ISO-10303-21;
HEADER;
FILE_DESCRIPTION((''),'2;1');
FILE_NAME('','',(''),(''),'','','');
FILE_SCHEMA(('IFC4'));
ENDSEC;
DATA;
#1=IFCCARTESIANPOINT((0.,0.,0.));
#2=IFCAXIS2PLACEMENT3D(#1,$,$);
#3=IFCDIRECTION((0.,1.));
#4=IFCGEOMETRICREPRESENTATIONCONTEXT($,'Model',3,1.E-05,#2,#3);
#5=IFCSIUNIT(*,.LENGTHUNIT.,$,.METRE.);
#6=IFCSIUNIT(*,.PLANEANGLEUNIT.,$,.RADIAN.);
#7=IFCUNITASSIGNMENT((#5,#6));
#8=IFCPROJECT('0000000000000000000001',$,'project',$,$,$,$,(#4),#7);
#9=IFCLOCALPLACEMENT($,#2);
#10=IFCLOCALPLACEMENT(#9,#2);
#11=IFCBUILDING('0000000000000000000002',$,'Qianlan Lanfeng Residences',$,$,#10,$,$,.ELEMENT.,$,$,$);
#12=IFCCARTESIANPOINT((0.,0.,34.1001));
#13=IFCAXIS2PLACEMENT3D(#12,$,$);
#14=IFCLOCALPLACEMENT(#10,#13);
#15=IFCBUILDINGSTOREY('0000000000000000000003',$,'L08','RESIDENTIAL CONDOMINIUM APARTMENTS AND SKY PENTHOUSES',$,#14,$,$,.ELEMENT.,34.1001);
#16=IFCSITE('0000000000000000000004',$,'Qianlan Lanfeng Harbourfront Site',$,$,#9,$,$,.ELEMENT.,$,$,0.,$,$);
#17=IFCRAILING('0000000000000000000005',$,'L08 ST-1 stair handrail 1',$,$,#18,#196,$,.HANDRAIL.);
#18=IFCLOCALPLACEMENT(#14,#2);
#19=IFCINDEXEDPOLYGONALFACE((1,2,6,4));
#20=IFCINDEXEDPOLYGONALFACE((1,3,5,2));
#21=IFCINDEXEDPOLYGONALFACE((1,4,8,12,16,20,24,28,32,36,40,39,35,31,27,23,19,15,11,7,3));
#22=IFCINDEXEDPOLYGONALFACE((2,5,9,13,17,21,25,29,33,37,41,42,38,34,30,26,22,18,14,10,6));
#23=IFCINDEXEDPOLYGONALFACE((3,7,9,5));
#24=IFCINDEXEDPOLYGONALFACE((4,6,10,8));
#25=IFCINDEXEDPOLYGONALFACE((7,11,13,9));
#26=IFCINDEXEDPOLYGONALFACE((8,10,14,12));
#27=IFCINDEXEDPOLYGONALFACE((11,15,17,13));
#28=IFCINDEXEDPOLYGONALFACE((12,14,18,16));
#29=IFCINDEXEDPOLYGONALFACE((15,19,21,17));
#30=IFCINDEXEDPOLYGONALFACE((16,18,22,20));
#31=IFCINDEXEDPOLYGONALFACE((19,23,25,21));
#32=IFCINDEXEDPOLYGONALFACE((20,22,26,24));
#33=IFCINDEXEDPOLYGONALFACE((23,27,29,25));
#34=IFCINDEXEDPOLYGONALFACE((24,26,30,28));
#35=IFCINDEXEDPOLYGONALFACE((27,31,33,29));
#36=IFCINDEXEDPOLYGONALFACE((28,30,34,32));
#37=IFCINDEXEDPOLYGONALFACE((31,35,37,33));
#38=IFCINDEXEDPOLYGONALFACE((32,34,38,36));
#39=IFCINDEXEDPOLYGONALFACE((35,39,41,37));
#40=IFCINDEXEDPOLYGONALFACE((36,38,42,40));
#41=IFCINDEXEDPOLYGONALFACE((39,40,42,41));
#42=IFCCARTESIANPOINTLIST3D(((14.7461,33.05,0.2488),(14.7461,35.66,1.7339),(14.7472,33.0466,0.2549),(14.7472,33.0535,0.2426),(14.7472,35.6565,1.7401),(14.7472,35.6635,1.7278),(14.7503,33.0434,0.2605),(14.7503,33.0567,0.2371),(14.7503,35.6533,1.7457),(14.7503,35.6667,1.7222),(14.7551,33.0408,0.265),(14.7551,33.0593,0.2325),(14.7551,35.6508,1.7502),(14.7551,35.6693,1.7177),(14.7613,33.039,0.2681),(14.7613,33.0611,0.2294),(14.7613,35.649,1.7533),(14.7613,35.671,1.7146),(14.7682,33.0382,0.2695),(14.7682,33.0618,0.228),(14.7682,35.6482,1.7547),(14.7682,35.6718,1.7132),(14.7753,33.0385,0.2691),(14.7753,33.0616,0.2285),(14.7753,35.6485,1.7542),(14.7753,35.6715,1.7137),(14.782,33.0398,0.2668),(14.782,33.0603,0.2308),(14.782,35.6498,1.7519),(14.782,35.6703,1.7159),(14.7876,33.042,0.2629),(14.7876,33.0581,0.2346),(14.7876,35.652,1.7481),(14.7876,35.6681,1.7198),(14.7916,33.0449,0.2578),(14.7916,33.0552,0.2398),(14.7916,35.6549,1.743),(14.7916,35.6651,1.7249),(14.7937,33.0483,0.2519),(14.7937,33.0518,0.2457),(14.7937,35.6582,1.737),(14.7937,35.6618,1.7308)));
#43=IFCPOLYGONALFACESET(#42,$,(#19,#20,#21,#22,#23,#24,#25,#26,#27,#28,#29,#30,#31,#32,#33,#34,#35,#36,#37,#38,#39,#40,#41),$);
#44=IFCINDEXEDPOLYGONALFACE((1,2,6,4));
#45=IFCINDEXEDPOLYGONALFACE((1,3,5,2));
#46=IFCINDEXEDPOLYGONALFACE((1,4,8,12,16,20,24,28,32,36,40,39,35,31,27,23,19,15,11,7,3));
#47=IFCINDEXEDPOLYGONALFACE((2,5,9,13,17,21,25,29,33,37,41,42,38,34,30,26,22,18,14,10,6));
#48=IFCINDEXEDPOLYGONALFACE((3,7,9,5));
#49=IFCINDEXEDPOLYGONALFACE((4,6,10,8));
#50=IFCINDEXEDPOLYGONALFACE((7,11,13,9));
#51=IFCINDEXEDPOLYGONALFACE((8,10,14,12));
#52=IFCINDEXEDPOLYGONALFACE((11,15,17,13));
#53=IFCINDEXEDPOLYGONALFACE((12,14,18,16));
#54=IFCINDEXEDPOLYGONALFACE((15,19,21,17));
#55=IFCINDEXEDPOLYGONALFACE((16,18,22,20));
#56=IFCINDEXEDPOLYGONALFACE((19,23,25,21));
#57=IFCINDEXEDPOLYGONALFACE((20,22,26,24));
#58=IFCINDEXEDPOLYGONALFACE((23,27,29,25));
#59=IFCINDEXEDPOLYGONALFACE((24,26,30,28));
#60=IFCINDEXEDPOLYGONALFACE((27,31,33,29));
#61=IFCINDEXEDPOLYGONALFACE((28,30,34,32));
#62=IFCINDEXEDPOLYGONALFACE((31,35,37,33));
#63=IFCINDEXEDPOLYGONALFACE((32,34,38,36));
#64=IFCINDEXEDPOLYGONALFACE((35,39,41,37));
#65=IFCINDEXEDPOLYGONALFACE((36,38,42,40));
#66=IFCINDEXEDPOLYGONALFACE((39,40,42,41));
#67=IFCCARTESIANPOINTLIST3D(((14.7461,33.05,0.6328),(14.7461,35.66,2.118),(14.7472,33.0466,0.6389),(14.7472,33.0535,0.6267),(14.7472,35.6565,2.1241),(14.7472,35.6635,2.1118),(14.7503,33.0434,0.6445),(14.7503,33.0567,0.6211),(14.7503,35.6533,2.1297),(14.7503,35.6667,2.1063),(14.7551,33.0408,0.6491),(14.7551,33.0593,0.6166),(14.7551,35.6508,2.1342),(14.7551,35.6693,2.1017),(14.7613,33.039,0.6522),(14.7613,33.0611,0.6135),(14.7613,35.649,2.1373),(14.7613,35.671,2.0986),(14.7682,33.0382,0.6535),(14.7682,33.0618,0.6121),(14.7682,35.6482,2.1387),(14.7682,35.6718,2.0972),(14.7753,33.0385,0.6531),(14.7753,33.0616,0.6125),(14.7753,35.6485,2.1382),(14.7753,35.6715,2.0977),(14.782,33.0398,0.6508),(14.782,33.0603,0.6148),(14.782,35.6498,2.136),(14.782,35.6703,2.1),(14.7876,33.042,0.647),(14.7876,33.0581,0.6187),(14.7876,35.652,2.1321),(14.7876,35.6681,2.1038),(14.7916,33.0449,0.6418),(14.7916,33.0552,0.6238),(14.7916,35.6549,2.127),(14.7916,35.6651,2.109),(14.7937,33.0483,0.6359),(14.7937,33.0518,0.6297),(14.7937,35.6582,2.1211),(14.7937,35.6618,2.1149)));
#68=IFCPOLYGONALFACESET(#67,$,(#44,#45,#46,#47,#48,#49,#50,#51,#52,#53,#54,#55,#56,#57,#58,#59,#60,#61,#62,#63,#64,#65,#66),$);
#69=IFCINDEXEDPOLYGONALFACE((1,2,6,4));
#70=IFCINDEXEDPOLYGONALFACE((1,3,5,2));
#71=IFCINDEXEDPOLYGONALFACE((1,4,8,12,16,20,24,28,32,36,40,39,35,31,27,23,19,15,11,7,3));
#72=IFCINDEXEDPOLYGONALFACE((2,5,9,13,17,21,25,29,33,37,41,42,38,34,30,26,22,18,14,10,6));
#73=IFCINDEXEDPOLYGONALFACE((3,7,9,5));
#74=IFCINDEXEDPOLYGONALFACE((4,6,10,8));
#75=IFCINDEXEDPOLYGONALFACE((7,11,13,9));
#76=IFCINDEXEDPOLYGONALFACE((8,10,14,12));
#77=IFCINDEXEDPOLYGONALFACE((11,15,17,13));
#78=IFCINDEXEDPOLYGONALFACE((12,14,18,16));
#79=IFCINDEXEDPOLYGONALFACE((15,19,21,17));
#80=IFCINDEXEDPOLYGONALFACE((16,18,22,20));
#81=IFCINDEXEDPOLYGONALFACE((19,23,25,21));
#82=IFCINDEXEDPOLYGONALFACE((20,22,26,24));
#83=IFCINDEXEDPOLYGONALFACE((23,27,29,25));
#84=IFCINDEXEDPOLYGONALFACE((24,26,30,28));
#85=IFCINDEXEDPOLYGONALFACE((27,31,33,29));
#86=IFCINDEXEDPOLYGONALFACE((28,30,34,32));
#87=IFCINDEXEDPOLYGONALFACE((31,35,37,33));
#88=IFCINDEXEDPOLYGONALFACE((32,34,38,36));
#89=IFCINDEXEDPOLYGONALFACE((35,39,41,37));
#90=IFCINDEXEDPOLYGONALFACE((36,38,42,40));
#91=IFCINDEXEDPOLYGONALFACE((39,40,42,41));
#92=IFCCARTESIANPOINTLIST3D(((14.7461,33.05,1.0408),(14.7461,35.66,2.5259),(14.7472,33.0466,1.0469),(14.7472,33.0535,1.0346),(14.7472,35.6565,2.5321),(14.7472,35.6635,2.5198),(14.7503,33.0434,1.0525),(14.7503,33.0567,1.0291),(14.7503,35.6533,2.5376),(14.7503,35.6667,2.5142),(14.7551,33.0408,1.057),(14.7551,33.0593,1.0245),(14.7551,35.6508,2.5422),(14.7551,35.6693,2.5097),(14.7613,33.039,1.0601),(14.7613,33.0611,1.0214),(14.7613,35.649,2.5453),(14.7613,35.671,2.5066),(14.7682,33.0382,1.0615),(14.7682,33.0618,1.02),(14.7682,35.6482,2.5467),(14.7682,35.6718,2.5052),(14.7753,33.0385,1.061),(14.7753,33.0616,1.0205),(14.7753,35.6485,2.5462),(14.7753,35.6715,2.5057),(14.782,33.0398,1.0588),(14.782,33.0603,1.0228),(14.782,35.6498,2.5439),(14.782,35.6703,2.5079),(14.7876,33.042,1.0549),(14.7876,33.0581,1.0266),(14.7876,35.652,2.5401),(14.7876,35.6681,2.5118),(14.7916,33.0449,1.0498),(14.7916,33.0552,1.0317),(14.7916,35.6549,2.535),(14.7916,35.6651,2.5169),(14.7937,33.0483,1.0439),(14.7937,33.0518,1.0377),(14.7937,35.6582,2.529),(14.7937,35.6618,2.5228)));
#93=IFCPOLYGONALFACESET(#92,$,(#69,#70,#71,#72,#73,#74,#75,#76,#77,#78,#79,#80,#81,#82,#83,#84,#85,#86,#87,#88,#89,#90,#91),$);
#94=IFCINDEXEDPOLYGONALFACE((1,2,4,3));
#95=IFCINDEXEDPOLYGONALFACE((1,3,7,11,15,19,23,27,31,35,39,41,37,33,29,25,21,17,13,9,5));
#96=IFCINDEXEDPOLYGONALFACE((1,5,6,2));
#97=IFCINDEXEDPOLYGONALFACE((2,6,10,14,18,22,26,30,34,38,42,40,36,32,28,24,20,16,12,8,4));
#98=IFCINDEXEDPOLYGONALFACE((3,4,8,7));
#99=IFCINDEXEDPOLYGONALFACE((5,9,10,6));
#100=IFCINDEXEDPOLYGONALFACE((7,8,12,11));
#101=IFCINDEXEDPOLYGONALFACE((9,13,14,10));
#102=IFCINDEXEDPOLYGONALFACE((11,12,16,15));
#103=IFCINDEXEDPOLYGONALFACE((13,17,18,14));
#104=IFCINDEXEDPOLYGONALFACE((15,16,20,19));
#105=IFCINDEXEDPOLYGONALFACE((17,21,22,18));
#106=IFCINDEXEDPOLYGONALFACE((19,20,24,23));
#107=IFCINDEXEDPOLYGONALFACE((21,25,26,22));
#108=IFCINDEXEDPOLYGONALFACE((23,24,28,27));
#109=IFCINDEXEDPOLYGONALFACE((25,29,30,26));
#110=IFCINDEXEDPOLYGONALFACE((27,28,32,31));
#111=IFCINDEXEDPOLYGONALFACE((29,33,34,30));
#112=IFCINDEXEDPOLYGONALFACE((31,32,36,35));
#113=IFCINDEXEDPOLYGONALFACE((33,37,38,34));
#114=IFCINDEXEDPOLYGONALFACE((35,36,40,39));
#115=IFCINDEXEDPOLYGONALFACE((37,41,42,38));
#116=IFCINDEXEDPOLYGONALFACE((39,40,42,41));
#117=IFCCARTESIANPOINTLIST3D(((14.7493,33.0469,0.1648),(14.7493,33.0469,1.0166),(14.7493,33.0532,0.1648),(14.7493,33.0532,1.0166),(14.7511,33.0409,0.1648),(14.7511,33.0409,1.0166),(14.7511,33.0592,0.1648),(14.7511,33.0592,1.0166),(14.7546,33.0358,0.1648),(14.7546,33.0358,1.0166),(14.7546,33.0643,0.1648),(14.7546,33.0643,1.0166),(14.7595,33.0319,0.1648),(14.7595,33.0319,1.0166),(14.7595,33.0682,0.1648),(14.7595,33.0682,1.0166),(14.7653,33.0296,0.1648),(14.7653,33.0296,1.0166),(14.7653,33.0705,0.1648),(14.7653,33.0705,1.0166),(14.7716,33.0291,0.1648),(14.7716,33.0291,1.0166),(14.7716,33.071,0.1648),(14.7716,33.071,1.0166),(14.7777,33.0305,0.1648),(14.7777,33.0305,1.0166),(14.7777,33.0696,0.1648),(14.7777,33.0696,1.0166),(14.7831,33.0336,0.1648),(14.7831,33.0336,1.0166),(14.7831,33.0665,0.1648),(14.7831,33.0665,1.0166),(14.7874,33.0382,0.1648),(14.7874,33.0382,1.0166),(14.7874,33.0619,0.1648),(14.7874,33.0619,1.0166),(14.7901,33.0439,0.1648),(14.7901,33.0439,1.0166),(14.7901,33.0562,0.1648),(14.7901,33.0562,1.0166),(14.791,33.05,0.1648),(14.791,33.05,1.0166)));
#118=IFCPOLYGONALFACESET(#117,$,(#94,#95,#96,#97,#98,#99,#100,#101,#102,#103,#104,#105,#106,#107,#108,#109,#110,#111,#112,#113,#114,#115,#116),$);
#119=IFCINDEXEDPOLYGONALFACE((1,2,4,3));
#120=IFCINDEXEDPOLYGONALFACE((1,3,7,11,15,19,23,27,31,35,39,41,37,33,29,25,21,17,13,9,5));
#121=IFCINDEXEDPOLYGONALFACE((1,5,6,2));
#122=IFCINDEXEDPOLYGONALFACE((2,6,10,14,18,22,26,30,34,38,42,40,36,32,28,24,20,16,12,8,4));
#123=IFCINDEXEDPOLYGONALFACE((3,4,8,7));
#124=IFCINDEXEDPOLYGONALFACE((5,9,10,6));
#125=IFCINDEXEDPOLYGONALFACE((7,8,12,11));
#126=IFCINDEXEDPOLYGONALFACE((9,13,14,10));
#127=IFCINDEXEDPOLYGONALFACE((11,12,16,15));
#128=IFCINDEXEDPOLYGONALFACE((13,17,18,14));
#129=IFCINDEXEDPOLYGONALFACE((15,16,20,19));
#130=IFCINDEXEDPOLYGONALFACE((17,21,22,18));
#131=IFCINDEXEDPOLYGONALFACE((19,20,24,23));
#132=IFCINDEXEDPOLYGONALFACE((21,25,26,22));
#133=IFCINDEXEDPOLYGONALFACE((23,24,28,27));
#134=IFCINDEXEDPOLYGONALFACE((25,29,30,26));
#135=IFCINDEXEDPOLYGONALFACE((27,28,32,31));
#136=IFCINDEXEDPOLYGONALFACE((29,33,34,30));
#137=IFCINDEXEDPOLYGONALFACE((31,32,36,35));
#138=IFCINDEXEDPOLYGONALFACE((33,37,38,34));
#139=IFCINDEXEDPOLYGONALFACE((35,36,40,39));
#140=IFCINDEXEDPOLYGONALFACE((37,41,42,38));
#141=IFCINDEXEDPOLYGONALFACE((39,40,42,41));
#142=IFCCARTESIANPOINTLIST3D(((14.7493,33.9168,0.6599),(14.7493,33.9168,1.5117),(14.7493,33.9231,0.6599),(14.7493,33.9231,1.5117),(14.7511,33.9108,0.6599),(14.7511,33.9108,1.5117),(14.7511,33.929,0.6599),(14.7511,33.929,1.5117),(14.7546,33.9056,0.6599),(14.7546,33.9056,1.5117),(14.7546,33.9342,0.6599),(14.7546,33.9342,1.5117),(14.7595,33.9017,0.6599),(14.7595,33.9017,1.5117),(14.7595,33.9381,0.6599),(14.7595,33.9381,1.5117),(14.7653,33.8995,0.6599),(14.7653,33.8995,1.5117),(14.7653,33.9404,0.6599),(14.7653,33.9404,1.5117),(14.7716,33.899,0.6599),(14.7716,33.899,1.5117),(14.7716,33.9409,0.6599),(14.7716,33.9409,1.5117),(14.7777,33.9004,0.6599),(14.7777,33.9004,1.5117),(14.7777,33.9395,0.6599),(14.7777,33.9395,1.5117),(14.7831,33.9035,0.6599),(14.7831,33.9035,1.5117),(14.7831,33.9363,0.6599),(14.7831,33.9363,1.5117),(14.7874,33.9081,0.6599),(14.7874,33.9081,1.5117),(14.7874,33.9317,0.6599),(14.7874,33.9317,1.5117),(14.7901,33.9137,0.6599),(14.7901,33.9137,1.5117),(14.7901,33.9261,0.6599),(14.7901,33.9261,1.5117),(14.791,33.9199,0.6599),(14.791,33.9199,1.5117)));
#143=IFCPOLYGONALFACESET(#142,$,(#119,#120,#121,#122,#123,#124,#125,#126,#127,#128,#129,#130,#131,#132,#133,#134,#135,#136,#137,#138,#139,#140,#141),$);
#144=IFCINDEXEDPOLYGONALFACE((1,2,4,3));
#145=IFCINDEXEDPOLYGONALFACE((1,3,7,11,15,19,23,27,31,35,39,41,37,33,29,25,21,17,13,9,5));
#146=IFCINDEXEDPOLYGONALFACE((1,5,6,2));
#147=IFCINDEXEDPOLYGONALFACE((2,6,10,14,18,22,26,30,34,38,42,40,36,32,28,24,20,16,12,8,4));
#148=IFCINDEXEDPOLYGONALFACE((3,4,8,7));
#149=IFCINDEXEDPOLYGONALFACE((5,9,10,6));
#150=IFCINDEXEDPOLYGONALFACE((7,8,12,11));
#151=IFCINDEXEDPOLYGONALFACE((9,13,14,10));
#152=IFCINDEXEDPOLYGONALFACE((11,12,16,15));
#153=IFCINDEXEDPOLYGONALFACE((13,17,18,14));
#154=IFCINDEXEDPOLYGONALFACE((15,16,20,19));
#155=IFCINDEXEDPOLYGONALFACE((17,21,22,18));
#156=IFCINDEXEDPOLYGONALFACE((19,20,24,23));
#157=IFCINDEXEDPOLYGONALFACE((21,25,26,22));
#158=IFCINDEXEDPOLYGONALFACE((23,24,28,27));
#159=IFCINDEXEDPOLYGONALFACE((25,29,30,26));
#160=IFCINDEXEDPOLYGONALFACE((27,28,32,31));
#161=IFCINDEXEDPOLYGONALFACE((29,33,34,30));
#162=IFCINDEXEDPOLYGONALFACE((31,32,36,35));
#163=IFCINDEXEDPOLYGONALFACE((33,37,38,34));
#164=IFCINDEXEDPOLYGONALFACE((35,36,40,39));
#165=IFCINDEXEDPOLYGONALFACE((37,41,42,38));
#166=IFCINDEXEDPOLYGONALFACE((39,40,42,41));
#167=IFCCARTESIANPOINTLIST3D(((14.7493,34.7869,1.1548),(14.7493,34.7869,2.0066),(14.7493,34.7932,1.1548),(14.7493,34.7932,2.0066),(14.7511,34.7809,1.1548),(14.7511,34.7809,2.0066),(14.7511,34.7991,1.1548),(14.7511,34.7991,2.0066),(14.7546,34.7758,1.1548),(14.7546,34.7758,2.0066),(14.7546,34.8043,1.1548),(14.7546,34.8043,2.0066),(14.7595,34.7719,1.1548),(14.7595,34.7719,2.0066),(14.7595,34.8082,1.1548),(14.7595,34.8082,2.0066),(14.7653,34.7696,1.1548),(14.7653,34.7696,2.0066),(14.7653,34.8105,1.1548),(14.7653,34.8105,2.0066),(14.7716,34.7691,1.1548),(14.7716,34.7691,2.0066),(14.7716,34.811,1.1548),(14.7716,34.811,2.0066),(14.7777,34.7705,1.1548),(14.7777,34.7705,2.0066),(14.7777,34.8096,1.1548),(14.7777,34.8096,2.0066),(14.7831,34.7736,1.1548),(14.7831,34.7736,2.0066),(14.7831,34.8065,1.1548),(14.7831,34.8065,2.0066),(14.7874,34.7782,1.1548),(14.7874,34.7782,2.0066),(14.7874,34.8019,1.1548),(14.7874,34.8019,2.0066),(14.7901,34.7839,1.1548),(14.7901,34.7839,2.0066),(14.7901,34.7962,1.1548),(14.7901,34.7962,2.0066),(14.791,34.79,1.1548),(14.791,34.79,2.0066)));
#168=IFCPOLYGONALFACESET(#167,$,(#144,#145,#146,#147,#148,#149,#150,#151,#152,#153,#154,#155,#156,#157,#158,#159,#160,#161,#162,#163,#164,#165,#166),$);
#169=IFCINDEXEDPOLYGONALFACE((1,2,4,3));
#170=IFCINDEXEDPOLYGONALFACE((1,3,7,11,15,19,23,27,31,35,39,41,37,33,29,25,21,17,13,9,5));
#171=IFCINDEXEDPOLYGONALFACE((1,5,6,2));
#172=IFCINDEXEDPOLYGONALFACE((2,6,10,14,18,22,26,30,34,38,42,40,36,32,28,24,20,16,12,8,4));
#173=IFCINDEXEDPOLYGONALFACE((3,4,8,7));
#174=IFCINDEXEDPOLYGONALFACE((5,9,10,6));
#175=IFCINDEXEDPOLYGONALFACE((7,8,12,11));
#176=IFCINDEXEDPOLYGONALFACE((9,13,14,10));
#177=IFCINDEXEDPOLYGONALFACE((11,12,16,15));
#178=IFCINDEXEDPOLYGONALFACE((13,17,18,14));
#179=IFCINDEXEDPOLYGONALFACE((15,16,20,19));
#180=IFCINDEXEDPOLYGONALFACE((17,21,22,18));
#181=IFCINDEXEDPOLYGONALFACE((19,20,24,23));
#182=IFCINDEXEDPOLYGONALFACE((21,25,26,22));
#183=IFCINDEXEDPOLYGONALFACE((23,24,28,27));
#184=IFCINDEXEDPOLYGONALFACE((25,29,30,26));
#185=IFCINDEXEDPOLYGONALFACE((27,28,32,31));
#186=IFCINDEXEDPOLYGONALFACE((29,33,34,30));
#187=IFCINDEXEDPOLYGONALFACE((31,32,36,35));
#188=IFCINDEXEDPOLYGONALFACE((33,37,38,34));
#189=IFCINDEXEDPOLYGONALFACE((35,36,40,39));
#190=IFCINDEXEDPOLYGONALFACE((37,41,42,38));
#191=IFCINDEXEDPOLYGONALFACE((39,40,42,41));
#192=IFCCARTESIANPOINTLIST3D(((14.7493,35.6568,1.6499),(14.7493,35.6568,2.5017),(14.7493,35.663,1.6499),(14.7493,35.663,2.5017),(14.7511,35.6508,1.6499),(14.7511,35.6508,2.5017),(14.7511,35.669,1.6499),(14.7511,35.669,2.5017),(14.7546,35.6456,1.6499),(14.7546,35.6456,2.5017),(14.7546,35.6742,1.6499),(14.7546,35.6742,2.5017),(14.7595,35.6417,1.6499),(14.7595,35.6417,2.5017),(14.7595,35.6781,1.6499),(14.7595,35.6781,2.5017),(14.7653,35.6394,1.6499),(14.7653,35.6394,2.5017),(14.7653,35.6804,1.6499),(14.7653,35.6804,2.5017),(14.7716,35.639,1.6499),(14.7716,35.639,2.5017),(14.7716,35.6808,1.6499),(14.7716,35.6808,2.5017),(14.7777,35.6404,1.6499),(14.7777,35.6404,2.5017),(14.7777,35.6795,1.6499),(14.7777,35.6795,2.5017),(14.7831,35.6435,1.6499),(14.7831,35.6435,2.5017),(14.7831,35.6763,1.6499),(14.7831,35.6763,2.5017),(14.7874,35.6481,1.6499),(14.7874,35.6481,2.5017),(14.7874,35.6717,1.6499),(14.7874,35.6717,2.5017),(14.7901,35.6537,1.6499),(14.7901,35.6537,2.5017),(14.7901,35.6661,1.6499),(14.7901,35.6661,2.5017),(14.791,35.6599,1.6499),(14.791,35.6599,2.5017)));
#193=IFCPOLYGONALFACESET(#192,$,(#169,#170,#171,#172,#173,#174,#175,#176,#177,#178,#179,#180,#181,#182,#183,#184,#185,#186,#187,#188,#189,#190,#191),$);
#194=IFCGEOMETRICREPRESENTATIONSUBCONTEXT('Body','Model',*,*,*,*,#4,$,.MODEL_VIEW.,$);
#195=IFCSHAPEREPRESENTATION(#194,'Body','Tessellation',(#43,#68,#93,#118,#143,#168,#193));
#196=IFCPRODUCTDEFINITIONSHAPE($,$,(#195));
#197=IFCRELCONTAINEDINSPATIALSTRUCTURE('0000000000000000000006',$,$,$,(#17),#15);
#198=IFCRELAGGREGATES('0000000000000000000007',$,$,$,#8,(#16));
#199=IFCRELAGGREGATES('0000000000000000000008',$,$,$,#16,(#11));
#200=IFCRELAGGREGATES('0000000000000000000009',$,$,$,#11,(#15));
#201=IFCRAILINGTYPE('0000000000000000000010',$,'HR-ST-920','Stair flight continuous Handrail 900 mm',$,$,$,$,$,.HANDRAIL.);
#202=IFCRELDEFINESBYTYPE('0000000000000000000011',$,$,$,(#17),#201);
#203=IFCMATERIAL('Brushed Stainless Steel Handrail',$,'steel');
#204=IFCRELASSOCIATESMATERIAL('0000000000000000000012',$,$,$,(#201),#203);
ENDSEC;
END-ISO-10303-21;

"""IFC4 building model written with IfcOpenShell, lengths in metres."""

from ifc_helpers import new_model, si_unit, direction, frame, origin, origin_2d, place, context, subcontext, project, spatial, circle, extrude, material, type_object, element, save


model = new_model("IFC4")

# Units and contexts
model_context = context("Model", 3, precision=1e-05, world=origin(), true_north=direction((0.0, 1.0)))
body_context = subcontext(model_context, "Body", "Model", "MODEL_VIEW")
ifc_project = project(units=[si_unit("LENGTHUNIT", "METRE"), si_unit("PLANEANGLEUNIT", "RADIAN")], contexts=[model_context])

# Site, building, storey
site_placement = place(None, origin())
site = spatial("IfcSite", under=ifc_project, at=site_placement, Name="Qianlan Lanfeng Harbourfront Site", CompositionType="ELEMENT", RefElevation=0.0)
building_placement = place(site_placement, origin())
building = spatial("IfcBuilding", under=site, at=building_placement, Name="Qianlan Lanfeng Residences", CompositionType="ELEMENT")
storey_placement = place(building_placement, frame((0.0, 0.0, 34.1001)))
storey = spatial("IfcBuildingStorey", under=building, at=storey_placement, Name="L08", Description="RESIDENTIAL CONDOMINIUM APARTMENTS AND SKY PENTHOUSES", CompositionType="ELEMENT", Elevation=34.1001)

# Railing
ifc_material_1 = material(Name="Brushed Stainless Steel Handrail", Category="steel")
railing_type_1 = type_object("IfcRailingType", Name="HR-ST-920", Description="Stair flight continuous Handrail 900 mm", PredefinedType="HANDRAIL", material=ifc_material_1)
railing_1_placement = place(storey_placement, frame((14.77, 33.05, 0.1648)))
element("IfcRailing", 1, at=railing_1_placement, inside=storey, type_object=railing_type_1, Name="L08 ST-1 stair handrail 1", PredefinedType="HANDRAIL", context=body_context, shape_type="SweptSolid", body=[
    extrude(circle(Radius=0.0239, at=origin_2d()), frame((0.0, 0.0, 0.084), z_axis=(0.0, 0.869137, 0.494571), x_axis=(-1.0, 0.0, 0.0)), (0.0, 0.0, 1.0), 3.0029),
    extrude(circle(Radius=0.0239, at=origin_2d()), frame((0.0, 0.0, 0.468), z_axis=(0.0, 0.869137, 0.494571), x_axis=(-1.0, 0.0, 0.0)), (0.0, 0.0, 1.0), 3.0029),
    extrude(circle(Radius=0.0239, at=origin_2d()), frame((0.0, 0.0, 0.876), z_axis=(0.0, 0.869137, 0.494571), x_axis=(-1.0, 0.0, 0.0)), (0.0, 0.0, 1.0), 3.0029),
    extrude(circle(Radius=0.021, at=origin_2d()), origin(), (0.0, 0.0, 1.0), 0.8518),
    extrude(circle(Radius=0.021, at=origin_2d()), frame((0.0, 0.8699, 0.4951)), (0.0, 0.0, 1.0), 0.8518),
    extrude(circle(Radius=0.021, at=origin_2d()), frame((0.0, 1.74, 0.99)), (0.0, 0.0, 1.0), 0.8518),
    extrude(circle(Radius=0.021, at=origin_2d()), frame((0.0, 2.6099, 1.4851)), (0.0, 0.0, 1.0), 0.8518),
])

save(model, "model.ifc")
